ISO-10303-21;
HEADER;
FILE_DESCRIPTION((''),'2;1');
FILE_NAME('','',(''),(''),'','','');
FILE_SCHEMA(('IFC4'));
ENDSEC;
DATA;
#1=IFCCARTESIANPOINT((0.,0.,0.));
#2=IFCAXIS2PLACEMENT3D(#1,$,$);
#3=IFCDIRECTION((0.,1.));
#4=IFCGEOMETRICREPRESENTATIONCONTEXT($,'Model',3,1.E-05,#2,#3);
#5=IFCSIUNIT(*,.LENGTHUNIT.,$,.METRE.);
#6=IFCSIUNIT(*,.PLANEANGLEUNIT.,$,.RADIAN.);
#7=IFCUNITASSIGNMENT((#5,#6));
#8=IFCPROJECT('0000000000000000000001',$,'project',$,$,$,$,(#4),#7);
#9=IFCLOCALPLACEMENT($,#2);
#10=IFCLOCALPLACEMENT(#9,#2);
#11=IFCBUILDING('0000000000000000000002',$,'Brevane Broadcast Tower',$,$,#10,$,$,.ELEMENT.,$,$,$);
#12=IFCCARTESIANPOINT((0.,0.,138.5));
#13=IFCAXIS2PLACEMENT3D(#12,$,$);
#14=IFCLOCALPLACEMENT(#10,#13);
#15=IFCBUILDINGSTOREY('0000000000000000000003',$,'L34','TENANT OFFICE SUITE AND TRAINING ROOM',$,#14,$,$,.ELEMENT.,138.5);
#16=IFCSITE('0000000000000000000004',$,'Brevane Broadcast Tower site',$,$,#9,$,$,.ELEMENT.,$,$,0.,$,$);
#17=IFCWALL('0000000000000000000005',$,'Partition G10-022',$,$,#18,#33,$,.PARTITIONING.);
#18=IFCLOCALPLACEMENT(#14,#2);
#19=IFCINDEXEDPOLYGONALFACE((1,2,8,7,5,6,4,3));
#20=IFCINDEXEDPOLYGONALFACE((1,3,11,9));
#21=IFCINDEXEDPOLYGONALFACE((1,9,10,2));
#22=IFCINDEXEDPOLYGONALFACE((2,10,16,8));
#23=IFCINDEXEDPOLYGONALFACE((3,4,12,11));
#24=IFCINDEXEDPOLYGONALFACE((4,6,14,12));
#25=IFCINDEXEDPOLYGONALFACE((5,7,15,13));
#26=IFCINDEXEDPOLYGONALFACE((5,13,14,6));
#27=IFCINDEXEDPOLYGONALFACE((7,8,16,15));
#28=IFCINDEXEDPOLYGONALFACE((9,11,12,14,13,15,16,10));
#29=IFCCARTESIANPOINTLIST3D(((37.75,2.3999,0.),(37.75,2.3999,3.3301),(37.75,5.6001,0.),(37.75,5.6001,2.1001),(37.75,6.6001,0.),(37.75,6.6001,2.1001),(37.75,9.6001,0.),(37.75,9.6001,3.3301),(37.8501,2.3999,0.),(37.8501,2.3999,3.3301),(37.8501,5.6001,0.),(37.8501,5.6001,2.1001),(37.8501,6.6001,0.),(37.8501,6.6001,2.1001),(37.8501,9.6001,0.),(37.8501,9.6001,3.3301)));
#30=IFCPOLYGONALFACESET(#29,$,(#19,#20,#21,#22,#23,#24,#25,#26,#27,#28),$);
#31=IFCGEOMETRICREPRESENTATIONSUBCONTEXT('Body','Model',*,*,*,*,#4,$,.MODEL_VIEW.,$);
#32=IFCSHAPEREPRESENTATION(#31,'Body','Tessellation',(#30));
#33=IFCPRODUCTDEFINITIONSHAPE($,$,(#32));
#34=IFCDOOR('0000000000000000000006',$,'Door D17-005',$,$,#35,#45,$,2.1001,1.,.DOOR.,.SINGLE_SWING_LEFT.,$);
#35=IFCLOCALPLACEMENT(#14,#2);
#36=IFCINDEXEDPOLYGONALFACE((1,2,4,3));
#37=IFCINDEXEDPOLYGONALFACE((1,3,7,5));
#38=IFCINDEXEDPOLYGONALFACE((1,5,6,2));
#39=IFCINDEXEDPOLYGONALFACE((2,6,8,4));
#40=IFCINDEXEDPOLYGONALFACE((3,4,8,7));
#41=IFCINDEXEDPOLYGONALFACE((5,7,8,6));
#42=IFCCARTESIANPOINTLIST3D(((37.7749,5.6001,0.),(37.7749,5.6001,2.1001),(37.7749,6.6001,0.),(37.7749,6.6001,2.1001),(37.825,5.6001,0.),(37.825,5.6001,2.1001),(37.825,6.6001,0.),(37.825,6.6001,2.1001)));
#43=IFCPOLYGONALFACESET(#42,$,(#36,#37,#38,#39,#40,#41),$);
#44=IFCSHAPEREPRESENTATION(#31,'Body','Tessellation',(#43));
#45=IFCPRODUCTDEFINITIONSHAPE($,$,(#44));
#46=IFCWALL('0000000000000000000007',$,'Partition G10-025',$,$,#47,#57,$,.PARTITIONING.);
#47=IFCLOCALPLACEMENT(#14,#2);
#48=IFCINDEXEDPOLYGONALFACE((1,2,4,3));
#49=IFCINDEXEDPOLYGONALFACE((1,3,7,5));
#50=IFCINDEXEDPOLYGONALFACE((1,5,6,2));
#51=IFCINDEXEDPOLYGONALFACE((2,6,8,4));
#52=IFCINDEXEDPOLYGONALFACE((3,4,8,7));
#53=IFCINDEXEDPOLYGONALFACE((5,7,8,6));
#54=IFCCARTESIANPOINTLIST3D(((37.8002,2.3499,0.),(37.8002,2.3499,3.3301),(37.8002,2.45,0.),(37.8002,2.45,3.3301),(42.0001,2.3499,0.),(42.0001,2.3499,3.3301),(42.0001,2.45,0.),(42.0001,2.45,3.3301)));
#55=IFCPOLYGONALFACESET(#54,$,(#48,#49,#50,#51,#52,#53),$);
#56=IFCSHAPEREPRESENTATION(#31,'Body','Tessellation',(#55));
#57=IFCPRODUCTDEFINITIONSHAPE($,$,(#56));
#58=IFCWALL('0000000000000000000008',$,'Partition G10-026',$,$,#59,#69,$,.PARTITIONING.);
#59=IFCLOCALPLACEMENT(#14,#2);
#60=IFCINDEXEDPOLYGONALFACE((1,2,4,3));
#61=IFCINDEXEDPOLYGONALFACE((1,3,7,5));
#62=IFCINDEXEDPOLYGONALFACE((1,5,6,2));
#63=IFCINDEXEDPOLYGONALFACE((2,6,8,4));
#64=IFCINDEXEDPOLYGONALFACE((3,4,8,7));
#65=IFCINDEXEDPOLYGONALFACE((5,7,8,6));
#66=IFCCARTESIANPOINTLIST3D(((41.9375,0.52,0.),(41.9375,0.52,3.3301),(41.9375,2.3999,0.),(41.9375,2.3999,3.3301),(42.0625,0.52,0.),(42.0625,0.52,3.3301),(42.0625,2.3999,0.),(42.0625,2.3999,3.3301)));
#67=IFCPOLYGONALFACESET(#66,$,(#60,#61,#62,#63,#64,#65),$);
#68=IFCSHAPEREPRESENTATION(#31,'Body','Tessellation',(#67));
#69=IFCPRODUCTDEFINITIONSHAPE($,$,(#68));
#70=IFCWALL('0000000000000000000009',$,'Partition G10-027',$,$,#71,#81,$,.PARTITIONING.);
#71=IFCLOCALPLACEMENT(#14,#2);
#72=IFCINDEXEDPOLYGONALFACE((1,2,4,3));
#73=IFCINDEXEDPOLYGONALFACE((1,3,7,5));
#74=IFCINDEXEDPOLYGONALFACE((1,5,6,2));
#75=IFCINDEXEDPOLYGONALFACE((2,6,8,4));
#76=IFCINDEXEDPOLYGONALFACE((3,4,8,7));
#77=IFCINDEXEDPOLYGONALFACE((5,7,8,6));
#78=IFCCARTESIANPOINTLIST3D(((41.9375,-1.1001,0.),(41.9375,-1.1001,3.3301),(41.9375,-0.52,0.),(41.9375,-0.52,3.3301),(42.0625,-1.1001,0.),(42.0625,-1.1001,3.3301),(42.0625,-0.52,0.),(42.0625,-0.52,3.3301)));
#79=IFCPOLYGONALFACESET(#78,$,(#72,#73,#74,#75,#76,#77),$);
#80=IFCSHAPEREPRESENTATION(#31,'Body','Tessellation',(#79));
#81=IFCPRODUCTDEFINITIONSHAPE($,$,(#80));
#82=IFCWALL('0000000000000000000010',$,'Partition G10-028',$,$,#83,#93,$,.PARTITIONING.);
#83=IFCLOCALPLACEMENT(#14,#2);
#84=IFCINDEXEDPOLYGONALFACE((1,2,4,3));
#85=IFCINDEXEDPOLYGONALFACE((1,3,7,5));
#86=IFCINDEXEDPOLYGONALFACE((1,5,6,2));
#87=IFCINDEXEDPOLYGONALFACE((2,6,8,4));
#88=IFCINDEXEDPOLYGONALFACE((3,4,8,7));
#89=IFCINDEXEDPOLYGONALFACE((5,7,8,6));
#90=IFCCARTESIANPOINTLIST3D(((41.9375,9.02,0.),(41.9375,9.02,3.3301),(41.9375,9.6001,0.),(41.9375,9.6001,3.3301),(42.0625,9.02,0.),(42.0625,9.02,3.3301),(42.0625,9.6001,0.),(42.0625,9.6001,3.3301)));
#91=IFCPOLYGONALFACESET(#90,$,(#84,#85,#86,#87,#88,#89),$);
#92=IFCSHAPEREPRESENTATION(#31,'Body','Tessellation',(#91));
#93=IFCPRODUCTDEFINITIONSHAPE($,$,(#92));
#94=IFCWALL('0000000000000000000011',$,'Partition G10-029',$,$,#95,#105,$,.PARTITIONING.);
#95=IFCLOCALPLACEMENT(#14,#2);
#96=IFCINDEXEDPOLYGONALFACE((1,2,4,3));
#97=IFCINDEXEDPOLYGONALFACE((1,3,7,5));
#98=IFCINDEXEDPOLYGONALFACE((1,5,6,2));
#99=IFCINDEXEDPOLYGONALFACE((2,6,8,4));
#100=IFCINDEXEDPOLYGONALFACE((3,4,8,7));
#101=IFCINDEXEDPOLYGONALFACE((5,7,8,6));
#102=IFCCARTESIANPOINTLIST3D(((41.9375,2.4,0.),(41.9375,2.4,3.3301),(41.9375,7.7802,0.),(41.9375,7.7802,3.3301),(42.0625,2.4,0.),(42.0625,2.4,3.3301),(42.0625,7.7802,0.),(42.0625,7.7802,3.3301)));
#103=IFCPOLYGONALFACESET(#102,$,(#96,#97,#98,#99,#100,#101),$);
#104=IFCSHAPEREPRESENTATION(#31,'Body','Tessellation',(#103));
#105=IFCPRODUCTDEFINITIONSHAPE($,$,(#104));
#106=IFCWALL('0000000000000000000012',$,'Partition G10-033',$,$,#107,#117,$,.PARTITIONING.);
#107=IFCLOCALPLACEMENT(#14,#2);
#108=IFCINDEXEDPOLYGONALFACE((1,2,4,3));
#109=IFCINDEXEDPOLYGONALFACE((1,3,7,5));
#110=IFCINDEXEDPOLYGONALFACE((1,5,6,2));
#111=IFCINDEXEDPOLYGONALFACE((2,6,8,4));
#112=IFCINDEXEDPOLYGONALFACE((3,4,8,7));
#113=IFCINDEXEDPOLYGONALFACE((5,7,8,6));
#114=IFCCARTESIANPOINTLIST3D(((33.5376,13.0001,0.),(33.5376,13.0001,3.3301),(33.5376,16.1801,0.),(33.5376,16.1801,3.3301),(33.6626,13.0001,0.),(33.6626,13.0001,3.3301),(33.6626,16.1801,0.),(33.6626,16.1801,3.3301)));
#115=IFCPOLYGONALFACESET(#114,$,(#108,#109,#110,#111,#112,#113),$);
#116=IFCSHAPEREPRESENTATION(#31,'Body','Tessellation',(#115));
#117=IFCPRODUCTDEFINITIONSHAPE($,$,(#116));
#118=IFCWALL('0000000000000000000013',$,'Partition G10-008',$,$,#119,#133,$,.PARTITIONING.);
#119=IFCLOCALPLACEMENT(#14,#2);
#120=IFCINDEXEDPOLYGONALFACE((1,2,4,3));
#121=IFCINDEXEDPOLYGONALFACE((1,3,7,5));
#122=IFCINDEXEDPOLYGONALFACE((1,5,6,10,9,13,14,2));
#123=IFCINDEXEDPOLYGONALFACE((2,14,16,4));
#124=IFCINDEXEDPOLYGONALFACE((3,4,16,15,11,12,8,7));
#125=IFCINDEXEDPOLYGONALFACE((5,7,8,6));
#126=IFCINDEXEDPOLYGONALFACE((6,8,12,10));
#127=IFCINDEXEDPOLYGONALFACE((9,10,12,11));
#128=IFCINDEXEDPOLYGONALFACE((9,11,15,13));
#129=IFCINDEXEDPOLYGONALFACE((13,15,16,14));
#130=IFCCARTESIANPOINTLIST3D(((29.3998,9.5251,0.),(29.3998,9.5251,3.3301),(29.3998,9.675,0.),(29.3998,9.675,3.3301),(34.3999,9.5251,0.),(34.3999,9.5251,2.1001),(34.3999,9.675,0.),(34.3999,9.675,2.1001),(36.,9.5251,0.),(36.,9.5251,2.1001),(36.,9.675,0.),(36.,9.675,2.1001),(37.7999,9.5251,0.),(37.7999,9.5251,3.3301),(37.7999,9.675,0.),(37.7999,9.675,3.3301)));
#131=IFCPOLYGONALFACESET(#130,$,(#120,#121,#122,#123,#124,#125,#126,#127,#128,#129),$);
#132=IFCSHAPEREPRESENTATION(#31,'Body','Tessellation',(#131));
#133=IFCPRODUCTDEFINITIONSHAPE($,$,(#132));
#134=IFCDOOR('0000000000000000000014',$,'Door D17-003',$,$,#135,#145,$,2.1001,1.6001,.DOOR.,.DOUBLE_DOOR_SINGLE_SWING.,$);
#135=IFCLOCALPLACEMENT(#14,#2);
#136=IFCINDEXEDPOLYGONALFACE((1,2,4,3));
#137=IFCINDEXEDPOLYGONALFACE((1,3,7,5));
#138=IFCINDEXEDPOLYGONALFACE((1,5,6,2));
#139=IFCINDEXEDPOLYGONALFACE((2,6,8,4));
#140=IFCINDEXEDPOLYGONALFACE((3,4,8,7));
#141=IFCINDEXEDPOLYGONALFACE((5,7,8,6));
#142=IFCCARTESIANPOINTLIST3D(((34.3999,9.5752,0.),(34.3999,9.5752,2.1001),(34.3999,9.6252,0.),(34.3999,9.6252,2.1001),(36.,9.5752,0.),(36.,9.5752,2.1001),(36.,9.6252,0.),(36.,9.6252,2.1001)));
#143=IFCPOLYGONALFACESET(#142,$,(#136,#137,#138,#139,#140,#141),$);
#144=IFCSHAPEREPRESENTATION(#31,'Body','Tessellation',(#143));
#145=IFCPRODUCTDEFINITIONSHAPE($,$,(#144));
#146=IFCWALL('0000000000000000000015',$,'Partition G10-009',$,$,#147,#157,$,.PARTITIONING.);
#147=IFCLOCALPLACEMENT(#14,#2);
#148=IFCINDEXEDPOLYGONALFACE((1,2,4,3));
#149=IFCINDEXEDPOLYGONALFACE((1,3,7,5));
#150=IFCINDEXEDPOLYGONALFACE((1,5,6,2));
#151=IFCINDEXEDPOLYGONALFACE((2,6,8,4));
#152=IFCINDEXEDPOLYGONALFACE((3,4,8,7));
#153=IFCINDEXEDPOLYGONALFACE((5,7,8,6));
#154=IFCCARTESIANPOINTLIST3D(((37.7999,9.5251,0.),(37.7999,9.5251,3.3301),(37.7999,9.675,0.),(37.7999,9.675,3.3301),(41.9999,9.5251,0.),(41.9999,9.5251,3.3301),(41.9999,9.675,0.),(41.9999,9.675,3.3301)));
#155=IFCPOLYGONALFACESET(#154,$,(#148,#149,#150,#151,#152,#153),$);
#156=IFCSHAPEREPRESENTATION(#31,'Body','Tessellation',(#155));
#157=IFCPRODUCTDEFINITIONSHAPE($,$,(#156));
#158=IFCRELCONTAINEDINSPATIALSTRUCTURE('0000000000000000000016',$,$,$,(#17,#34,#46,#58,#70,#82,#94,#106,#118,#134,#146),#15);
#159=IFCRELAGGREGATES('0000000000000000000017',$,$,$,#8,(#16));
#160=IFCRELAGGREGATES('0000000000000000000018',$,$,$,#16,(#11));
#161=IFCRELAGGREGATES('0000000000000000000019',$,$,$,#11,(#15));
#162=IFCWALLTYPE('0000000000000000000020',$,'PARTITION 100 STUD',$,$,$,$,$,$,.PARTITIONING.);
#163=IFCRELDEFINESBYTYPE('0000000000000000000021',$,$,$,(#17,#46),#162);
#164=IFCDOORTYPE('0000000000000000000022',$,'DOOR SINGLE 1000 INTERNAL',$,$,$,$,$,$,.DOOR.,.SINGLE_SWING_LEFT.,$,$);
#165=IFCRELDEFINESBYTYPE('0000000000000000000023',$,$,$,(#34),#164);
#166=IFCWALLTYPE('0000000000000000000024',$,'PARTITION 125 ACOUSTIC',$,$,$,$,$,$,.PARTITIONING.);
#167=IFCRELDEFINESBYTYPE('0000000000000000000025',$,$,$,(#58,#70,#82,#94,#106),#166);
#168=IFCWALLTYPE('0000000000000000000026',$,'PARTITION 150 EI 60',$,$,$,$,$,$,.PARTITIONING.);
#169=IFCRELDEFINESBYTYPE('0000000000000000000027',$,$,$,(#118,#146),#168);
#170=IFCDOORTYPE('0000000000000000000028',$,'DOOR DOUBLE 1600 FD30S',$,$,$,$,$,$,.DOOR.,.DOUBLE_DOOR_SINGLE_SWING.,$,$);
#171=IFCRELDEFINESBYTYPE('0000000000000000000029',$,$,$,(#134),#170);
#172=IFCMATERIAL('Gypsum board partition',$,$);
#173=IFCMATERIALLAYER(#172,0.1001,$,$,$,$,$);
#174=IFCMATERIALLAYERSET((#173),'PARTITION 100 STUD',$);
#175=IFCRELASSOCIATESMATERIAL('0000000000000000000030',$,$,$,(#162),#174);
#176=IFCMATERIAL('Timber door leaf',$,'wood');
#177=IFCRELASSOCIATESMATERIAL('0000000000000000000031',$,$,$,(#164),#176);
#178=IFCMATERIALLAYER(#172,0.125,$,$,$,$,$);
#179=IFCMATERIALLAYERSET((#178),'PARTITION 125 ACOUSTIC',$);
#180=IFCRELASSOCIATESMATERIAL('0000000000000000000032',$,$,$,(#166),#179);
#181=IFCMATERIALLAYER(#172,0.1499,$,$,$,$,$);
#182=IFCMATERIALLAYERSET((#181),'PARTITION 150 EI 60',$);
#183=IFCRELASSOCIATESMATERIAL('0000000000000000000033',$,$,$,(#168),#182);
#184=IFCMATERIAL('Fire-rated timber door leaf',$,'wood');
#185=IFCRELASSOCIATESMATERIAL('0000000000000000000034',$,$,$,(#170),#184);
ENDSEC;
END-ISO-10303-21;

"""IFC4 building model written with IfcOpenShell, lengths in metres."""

from ifc_helpers import new_model, si_unit, direction, frame, frame_2d, origin, place, context, subcontext, project, spatial, rectangle, extrude, material, layer, layer_set, type_object, element, fill, save


model = new_model("IFC4")

# Units and contexts
model_context = context("Model", 3, precision=1e-05, world=origin(), true_north=direction((0.0, 1.0)))
body_context = subcontext(model_context, "Body", "Model", "MODEL_VIEW")
ifc_project = project(units=[si_unit("LENGTHUNIT", "METRE"), si_unit("PLANEANGLEUNIT", "RADIAN")], contexts=[model_context])

# Site, building, storey
site_placement = place(None, origin())
site = spatial("IfcSite", under=ifc_project, at=site_placement, Name="Brevane Broadcast Tower site", CompositionType="ELEMENT", RefElevation=0.0)
building_placement = place(site_placement, origin())
building = spatial("IfcBuilding", under=site, at=building_placement, Name="Brevane Broadcast Tower", CompositionType="ELEMENT")
storey_placement = place(building_placement, frame((0.0, 0.0, 138.5)))
storey = spatial("IfcBuildingStorey", under=building, at=storey_placement, Name="L34", Description="TENANT OFFICE SUITE AND TRAINING ROOM", CompositionType="ELEMENT", Elevation=138.5)

# Wall, opening, door
ifc_material_1 = material(Name="Gypsum board partition")
ifc_layer_1 = layer(ifc_material_1, 0.1001)
ifc_layer_set_1 = layer_set([ifc_layer_1], Name="PARTITION 100 STUD")
wall_type_1 = type_object("IfcWallType", Name="PARTITION 100 STUD", PredefinedType="PARTITIONING", material=ifc_layer_set_1)
ifc_material_2 = material(Name="Timber door leaf", Category="wood")
wall_1_placement = place(storey_placement, frame((37.8, 9.6001, 0.0), z_axis=(0.0, 0.0, 1.0), x_axis=(0.0, -1.0, 0.0)))
wall_1 = element("IfcWall", 1, at=wall_1_placement, inside=storey, type_object=wall_type_1, Name="Partition G10-022", PredefinedType="PARTITIONING", context=body_context, shape_type="SweptSolid", body=[
    extrude(rectangle(XDim=7.2002, YDim=0.1001, at=frame_2d((3.6001, 0.0))), origin(), (0.0, 0.0, 1.0), 3.3301),
])
opening_1_placement = place(wall_1_placement, frame((3.0, 0.0, 0.0)))
opening_1 = element("IfcOpeningElement", 2, at=opening_1_placement, cuts=wall_1, PredefinedType="OPENING", context=body_context, shape_type="SweptSolid", body=[
    extrude(rectangle(XDim=1.0, YDim=2.1001, at=frame_2d((0.5, 1.05))), frame((0.0, 0.0601, 0.0), z_axis=(0.0, -1.0, 0.0), x_axis=(1.0, 0.0, 0.0)), (0.0, 0.0, 1.0), 0.1201),
])
door_type_1 = type_object("IfcDoorType", Name="DOOR SINGLE 1000 INTERNAL", OperationType="SINGLE_SWING_LEFT", PredefinedType="DOOR", material=ifc_material_2)
door_1_placement = place(opening_1_placement, origin())
door_1 = element("IfcDoor", 3, at=door_1_placement, inside=storey, type_object=door_type_1, Name="Door D17-005", OperationType="SINGLE_SWING_LEFT", OverallHeight=2.1001, OverallWidth=1.0, PredefinedType="DOOR", context=body_context, shape_type="SweptSolid", body=[
    extrude(rectangle(XDim=1.0, YDim=2.1001, at=frame_2d((0.5, 1.05))), frame((0.0, 0.0249, 0.0), z_axis=(0.0, -1.0, 0.0), x_axis=(1.0, 0.0, 0.0)), (0.0, 0.0, 1.0), 0.05),
])
fill(opening_1, door_1)

# Walls
wall_2_placement = place(storey_placement, frame((37.8, 2.3999, 0.0), z_axis=(0.0, 0.0, 1.0), x_axis=(1.0, 0.0, 0.0)))
element("IfcWall", 4, at=wall_2_placement, inside=storey, type_object=wall_type_1, Name="Partition G10-025", PredefinedType="PARTITIONING", context=body_context, shape_type="SweptSolid", body=[
    extrude(rectangle(XDim=4.2, YDim=0.1001, at=frame_2d((2.1001, 0.0))), origin(), (0.0, 0.0, 1.0), 3.3301),
])
ifc_layer_2 = layer(ifc_material_1, 0.125)
ifc_layer_set_2 = layer_set([ifc_layer_2], Name="PARTITION 125 ACOUSTIC")
wall_type_2 = type_object("IfcWallType", Name="PARTITION 125 ACOUSTIC", PredefinedType="PARTITIONING", material=ifc_layer_set_2)
wall_3_placement = place(storey_placement, frame((42.0, 2.3999, 0.0), z_axis=(0.0, 0.0, 1.0), x_axis=(0.0, -1.0, 0.0)))
element("IfcWall", 5, at=wall_3_placement, inside=storey, type_object=wall_type_2, Name="Partition G10-026", PredefinedType="PARTITIONING", context=body_context, shape_type="SweptSolid", body=[
    extrude(rectangle(XDim=1.8799, YDim=0.125, at=frame_2d((0.9399, 0.0))), origin(), (0.0, 0.0, 1.0), 3.3301),
])
for number, where, z_axis, x_axis, name in (
    (6, (42.0, -0.52, 0.0), (0.0, 0.0, 1.0), (0.0, -1.0, 0.0), "Partition G10-027"),
    (7, (42.0, 9.6001, 0.0), (0.0, 0.0, 1.0), (0.0, -1.0, 0.0), "Partition G10-028"),
):
    element("IfcWall", number, at=place(storey_placement, frame(where, z_axis=z_axis, x_axis=x_axis)), inside=storey, type_object=wall_type_2, Name=name, PredefinedType="PARTITIONING", context=body_context, shape_type="SweptSolid", body=[
        extrude(rectangle(XDim=0.5801, YDim=0.125, at=frame_2d((0.29, 0.0))), origin(), (0.0, 0.0, 1.0), 3.3301),
    ])
wall_4_placement = place(storey_placement, frame((42.0, 7.78, 0.0), z_axis=(0.0, 0.0, 1.0), x_axis=(0.0, -1.0, 0.0)))
element("IfcWall", 8, at=wall_4_placement, inside=storey, type_object=wall_type_2, Name="Partition G10-029", PredefinedType="PARTITIONING", context=body_context, shape_type="SweptSolid", body=[
    extrude(rectangle(XDim=5.3801, YDim=0.125, at=frame_2d((2.6899, 0.0))), origin(), (0.0, 0.0, 1.0), 3.3301),
])
wall_5_placement = place(storey_placement, frame((33.6001, 16.1799, 0.0), z_axis=(0.0, 0.0, 1.0), x_axis=(0.0, -1.0, 0.0)))
element("IfcWall", 9, at=wall_5_placement, inside=storey, type_object=wall_type_2, Name="Partition G10-033", PredefinedType="PARTITIONING", context=body_context, shape_type="SweptSolid", body=[
    extrude(rectangle(XDim=3.1799, YDim=0.125, at=frame_2d((1.5898, 0.0))), origin(), (0.0, 0.0, 1.0), 3.3301),
])

# Wall, opening, door
ifc_layer_3 = layer(ifc_material_1, 0.1499)
ifc_layer_set_3 = layer_set([ifc_layer_3], Name="PARTITION 150 EI 60")
wall_type_3 = type_object("IfcWallType", Name="PARTITION 150 EI 60", PredefinedType="PARTITIONING", material=ifc_layer_set_3)
wall_6_placement = place(storey_placement, frame((37.8, 9.6001, 0.0), z_axis=(0.0, 0.0, 1.0), x_axis=(-1.0, 0.0, 0.0)))
wall_6 = element("IfcWall", 10, at=wall_6_placement, inside=storey, type_object=wall_type_3, Name="Partition G10-008", PredefinedType="PARTITIONING", context=body_context, shape_type="SweptSolid", body=[
    extrude(rectangle(XDim=8.4001, YDim=0.1499, at=frame_2d((4.2002, 0.0))), origin(), (0.0, 0.0, 1.0), 3.3301),
])
opening_2_placement = place(wall_6_placement, frame((1.8, 0.0, 0.0)))
opening_2 = element("IfcOpeningElement", 11, at=opening_2_placement, cuts=wall_6, PredefinedType="OPENING", context=body_context, shape_type="SweptSolid", body=[
    extrude(rectangle(XDim=1.6001, YDim=2.1001, at=frame_2d((0.8, 1.05))), frame((0.0, 0.085, 0.0), z_axis=(0.0, -1.0, 0.0), x_axis=(1.0, 0.0, 0.0)), (0.0, 0.0, 1.0), 0.1699),
])
ifc_material_3 = material(Name="Fire-rated timber door leaf", Category="wood")
door_type_2 = type_object("IfcDoorType", Name="DOOR DOUBLE 1600 FD30S", OperationType="DOUBLE_DOOR_SINGLE_SWING", PredefinedType="DOOR", material=ifc_material_3)
door_2_placement = place(opening_2_placement, origin())
door_2 = element("IfcDoor", 12, at=door_2_placement, inside=storey, type_object=door_type_2, Name="Door D17-003", OperationType="DOUBLE_DOOR_SINGLE_SWING", OverallHeight=2.1001, OverallWidth=1.6001, PredefinedType="DOOR", context=body_context, shape_type="SweptSolid", body=[
    extrude(rectangle(XDim=1.6001, YDim=2.1001, at=frame_2d((0.8, 1.05))), frame((0.0, 0.0249, 0.0), z_axis=(0.0, -1.0, 0.0), x_axis=(1.0, 0.0, 0.0)), (0.0, 0.0, 1.0), 0.05),
])
fill(opening_2, door_2)

# Wall
wall_7_placement = place(storey_placement, frame((42.0, 9.6001, 0.0), z_axis=(0.0, 0.0, 1.0), x_axis=(-1.0, 0.0, 0.0)))
element("IfcWall", 13, at=wall_7_placement, inside=storey, type_object=wall_type_3, Name="Partition G10-009", PredefinedType="PARTITIONING", context=body_context, shape_type="SweptSolid", body=[
    extrude(rectangle(XDim=4.2, YDim=0.1499, at=frame_2d((2.1001, 0.0))), origin(), (0.0, 0.0, 1.0), 3.3301),
])

save(model, "model.ifc")
